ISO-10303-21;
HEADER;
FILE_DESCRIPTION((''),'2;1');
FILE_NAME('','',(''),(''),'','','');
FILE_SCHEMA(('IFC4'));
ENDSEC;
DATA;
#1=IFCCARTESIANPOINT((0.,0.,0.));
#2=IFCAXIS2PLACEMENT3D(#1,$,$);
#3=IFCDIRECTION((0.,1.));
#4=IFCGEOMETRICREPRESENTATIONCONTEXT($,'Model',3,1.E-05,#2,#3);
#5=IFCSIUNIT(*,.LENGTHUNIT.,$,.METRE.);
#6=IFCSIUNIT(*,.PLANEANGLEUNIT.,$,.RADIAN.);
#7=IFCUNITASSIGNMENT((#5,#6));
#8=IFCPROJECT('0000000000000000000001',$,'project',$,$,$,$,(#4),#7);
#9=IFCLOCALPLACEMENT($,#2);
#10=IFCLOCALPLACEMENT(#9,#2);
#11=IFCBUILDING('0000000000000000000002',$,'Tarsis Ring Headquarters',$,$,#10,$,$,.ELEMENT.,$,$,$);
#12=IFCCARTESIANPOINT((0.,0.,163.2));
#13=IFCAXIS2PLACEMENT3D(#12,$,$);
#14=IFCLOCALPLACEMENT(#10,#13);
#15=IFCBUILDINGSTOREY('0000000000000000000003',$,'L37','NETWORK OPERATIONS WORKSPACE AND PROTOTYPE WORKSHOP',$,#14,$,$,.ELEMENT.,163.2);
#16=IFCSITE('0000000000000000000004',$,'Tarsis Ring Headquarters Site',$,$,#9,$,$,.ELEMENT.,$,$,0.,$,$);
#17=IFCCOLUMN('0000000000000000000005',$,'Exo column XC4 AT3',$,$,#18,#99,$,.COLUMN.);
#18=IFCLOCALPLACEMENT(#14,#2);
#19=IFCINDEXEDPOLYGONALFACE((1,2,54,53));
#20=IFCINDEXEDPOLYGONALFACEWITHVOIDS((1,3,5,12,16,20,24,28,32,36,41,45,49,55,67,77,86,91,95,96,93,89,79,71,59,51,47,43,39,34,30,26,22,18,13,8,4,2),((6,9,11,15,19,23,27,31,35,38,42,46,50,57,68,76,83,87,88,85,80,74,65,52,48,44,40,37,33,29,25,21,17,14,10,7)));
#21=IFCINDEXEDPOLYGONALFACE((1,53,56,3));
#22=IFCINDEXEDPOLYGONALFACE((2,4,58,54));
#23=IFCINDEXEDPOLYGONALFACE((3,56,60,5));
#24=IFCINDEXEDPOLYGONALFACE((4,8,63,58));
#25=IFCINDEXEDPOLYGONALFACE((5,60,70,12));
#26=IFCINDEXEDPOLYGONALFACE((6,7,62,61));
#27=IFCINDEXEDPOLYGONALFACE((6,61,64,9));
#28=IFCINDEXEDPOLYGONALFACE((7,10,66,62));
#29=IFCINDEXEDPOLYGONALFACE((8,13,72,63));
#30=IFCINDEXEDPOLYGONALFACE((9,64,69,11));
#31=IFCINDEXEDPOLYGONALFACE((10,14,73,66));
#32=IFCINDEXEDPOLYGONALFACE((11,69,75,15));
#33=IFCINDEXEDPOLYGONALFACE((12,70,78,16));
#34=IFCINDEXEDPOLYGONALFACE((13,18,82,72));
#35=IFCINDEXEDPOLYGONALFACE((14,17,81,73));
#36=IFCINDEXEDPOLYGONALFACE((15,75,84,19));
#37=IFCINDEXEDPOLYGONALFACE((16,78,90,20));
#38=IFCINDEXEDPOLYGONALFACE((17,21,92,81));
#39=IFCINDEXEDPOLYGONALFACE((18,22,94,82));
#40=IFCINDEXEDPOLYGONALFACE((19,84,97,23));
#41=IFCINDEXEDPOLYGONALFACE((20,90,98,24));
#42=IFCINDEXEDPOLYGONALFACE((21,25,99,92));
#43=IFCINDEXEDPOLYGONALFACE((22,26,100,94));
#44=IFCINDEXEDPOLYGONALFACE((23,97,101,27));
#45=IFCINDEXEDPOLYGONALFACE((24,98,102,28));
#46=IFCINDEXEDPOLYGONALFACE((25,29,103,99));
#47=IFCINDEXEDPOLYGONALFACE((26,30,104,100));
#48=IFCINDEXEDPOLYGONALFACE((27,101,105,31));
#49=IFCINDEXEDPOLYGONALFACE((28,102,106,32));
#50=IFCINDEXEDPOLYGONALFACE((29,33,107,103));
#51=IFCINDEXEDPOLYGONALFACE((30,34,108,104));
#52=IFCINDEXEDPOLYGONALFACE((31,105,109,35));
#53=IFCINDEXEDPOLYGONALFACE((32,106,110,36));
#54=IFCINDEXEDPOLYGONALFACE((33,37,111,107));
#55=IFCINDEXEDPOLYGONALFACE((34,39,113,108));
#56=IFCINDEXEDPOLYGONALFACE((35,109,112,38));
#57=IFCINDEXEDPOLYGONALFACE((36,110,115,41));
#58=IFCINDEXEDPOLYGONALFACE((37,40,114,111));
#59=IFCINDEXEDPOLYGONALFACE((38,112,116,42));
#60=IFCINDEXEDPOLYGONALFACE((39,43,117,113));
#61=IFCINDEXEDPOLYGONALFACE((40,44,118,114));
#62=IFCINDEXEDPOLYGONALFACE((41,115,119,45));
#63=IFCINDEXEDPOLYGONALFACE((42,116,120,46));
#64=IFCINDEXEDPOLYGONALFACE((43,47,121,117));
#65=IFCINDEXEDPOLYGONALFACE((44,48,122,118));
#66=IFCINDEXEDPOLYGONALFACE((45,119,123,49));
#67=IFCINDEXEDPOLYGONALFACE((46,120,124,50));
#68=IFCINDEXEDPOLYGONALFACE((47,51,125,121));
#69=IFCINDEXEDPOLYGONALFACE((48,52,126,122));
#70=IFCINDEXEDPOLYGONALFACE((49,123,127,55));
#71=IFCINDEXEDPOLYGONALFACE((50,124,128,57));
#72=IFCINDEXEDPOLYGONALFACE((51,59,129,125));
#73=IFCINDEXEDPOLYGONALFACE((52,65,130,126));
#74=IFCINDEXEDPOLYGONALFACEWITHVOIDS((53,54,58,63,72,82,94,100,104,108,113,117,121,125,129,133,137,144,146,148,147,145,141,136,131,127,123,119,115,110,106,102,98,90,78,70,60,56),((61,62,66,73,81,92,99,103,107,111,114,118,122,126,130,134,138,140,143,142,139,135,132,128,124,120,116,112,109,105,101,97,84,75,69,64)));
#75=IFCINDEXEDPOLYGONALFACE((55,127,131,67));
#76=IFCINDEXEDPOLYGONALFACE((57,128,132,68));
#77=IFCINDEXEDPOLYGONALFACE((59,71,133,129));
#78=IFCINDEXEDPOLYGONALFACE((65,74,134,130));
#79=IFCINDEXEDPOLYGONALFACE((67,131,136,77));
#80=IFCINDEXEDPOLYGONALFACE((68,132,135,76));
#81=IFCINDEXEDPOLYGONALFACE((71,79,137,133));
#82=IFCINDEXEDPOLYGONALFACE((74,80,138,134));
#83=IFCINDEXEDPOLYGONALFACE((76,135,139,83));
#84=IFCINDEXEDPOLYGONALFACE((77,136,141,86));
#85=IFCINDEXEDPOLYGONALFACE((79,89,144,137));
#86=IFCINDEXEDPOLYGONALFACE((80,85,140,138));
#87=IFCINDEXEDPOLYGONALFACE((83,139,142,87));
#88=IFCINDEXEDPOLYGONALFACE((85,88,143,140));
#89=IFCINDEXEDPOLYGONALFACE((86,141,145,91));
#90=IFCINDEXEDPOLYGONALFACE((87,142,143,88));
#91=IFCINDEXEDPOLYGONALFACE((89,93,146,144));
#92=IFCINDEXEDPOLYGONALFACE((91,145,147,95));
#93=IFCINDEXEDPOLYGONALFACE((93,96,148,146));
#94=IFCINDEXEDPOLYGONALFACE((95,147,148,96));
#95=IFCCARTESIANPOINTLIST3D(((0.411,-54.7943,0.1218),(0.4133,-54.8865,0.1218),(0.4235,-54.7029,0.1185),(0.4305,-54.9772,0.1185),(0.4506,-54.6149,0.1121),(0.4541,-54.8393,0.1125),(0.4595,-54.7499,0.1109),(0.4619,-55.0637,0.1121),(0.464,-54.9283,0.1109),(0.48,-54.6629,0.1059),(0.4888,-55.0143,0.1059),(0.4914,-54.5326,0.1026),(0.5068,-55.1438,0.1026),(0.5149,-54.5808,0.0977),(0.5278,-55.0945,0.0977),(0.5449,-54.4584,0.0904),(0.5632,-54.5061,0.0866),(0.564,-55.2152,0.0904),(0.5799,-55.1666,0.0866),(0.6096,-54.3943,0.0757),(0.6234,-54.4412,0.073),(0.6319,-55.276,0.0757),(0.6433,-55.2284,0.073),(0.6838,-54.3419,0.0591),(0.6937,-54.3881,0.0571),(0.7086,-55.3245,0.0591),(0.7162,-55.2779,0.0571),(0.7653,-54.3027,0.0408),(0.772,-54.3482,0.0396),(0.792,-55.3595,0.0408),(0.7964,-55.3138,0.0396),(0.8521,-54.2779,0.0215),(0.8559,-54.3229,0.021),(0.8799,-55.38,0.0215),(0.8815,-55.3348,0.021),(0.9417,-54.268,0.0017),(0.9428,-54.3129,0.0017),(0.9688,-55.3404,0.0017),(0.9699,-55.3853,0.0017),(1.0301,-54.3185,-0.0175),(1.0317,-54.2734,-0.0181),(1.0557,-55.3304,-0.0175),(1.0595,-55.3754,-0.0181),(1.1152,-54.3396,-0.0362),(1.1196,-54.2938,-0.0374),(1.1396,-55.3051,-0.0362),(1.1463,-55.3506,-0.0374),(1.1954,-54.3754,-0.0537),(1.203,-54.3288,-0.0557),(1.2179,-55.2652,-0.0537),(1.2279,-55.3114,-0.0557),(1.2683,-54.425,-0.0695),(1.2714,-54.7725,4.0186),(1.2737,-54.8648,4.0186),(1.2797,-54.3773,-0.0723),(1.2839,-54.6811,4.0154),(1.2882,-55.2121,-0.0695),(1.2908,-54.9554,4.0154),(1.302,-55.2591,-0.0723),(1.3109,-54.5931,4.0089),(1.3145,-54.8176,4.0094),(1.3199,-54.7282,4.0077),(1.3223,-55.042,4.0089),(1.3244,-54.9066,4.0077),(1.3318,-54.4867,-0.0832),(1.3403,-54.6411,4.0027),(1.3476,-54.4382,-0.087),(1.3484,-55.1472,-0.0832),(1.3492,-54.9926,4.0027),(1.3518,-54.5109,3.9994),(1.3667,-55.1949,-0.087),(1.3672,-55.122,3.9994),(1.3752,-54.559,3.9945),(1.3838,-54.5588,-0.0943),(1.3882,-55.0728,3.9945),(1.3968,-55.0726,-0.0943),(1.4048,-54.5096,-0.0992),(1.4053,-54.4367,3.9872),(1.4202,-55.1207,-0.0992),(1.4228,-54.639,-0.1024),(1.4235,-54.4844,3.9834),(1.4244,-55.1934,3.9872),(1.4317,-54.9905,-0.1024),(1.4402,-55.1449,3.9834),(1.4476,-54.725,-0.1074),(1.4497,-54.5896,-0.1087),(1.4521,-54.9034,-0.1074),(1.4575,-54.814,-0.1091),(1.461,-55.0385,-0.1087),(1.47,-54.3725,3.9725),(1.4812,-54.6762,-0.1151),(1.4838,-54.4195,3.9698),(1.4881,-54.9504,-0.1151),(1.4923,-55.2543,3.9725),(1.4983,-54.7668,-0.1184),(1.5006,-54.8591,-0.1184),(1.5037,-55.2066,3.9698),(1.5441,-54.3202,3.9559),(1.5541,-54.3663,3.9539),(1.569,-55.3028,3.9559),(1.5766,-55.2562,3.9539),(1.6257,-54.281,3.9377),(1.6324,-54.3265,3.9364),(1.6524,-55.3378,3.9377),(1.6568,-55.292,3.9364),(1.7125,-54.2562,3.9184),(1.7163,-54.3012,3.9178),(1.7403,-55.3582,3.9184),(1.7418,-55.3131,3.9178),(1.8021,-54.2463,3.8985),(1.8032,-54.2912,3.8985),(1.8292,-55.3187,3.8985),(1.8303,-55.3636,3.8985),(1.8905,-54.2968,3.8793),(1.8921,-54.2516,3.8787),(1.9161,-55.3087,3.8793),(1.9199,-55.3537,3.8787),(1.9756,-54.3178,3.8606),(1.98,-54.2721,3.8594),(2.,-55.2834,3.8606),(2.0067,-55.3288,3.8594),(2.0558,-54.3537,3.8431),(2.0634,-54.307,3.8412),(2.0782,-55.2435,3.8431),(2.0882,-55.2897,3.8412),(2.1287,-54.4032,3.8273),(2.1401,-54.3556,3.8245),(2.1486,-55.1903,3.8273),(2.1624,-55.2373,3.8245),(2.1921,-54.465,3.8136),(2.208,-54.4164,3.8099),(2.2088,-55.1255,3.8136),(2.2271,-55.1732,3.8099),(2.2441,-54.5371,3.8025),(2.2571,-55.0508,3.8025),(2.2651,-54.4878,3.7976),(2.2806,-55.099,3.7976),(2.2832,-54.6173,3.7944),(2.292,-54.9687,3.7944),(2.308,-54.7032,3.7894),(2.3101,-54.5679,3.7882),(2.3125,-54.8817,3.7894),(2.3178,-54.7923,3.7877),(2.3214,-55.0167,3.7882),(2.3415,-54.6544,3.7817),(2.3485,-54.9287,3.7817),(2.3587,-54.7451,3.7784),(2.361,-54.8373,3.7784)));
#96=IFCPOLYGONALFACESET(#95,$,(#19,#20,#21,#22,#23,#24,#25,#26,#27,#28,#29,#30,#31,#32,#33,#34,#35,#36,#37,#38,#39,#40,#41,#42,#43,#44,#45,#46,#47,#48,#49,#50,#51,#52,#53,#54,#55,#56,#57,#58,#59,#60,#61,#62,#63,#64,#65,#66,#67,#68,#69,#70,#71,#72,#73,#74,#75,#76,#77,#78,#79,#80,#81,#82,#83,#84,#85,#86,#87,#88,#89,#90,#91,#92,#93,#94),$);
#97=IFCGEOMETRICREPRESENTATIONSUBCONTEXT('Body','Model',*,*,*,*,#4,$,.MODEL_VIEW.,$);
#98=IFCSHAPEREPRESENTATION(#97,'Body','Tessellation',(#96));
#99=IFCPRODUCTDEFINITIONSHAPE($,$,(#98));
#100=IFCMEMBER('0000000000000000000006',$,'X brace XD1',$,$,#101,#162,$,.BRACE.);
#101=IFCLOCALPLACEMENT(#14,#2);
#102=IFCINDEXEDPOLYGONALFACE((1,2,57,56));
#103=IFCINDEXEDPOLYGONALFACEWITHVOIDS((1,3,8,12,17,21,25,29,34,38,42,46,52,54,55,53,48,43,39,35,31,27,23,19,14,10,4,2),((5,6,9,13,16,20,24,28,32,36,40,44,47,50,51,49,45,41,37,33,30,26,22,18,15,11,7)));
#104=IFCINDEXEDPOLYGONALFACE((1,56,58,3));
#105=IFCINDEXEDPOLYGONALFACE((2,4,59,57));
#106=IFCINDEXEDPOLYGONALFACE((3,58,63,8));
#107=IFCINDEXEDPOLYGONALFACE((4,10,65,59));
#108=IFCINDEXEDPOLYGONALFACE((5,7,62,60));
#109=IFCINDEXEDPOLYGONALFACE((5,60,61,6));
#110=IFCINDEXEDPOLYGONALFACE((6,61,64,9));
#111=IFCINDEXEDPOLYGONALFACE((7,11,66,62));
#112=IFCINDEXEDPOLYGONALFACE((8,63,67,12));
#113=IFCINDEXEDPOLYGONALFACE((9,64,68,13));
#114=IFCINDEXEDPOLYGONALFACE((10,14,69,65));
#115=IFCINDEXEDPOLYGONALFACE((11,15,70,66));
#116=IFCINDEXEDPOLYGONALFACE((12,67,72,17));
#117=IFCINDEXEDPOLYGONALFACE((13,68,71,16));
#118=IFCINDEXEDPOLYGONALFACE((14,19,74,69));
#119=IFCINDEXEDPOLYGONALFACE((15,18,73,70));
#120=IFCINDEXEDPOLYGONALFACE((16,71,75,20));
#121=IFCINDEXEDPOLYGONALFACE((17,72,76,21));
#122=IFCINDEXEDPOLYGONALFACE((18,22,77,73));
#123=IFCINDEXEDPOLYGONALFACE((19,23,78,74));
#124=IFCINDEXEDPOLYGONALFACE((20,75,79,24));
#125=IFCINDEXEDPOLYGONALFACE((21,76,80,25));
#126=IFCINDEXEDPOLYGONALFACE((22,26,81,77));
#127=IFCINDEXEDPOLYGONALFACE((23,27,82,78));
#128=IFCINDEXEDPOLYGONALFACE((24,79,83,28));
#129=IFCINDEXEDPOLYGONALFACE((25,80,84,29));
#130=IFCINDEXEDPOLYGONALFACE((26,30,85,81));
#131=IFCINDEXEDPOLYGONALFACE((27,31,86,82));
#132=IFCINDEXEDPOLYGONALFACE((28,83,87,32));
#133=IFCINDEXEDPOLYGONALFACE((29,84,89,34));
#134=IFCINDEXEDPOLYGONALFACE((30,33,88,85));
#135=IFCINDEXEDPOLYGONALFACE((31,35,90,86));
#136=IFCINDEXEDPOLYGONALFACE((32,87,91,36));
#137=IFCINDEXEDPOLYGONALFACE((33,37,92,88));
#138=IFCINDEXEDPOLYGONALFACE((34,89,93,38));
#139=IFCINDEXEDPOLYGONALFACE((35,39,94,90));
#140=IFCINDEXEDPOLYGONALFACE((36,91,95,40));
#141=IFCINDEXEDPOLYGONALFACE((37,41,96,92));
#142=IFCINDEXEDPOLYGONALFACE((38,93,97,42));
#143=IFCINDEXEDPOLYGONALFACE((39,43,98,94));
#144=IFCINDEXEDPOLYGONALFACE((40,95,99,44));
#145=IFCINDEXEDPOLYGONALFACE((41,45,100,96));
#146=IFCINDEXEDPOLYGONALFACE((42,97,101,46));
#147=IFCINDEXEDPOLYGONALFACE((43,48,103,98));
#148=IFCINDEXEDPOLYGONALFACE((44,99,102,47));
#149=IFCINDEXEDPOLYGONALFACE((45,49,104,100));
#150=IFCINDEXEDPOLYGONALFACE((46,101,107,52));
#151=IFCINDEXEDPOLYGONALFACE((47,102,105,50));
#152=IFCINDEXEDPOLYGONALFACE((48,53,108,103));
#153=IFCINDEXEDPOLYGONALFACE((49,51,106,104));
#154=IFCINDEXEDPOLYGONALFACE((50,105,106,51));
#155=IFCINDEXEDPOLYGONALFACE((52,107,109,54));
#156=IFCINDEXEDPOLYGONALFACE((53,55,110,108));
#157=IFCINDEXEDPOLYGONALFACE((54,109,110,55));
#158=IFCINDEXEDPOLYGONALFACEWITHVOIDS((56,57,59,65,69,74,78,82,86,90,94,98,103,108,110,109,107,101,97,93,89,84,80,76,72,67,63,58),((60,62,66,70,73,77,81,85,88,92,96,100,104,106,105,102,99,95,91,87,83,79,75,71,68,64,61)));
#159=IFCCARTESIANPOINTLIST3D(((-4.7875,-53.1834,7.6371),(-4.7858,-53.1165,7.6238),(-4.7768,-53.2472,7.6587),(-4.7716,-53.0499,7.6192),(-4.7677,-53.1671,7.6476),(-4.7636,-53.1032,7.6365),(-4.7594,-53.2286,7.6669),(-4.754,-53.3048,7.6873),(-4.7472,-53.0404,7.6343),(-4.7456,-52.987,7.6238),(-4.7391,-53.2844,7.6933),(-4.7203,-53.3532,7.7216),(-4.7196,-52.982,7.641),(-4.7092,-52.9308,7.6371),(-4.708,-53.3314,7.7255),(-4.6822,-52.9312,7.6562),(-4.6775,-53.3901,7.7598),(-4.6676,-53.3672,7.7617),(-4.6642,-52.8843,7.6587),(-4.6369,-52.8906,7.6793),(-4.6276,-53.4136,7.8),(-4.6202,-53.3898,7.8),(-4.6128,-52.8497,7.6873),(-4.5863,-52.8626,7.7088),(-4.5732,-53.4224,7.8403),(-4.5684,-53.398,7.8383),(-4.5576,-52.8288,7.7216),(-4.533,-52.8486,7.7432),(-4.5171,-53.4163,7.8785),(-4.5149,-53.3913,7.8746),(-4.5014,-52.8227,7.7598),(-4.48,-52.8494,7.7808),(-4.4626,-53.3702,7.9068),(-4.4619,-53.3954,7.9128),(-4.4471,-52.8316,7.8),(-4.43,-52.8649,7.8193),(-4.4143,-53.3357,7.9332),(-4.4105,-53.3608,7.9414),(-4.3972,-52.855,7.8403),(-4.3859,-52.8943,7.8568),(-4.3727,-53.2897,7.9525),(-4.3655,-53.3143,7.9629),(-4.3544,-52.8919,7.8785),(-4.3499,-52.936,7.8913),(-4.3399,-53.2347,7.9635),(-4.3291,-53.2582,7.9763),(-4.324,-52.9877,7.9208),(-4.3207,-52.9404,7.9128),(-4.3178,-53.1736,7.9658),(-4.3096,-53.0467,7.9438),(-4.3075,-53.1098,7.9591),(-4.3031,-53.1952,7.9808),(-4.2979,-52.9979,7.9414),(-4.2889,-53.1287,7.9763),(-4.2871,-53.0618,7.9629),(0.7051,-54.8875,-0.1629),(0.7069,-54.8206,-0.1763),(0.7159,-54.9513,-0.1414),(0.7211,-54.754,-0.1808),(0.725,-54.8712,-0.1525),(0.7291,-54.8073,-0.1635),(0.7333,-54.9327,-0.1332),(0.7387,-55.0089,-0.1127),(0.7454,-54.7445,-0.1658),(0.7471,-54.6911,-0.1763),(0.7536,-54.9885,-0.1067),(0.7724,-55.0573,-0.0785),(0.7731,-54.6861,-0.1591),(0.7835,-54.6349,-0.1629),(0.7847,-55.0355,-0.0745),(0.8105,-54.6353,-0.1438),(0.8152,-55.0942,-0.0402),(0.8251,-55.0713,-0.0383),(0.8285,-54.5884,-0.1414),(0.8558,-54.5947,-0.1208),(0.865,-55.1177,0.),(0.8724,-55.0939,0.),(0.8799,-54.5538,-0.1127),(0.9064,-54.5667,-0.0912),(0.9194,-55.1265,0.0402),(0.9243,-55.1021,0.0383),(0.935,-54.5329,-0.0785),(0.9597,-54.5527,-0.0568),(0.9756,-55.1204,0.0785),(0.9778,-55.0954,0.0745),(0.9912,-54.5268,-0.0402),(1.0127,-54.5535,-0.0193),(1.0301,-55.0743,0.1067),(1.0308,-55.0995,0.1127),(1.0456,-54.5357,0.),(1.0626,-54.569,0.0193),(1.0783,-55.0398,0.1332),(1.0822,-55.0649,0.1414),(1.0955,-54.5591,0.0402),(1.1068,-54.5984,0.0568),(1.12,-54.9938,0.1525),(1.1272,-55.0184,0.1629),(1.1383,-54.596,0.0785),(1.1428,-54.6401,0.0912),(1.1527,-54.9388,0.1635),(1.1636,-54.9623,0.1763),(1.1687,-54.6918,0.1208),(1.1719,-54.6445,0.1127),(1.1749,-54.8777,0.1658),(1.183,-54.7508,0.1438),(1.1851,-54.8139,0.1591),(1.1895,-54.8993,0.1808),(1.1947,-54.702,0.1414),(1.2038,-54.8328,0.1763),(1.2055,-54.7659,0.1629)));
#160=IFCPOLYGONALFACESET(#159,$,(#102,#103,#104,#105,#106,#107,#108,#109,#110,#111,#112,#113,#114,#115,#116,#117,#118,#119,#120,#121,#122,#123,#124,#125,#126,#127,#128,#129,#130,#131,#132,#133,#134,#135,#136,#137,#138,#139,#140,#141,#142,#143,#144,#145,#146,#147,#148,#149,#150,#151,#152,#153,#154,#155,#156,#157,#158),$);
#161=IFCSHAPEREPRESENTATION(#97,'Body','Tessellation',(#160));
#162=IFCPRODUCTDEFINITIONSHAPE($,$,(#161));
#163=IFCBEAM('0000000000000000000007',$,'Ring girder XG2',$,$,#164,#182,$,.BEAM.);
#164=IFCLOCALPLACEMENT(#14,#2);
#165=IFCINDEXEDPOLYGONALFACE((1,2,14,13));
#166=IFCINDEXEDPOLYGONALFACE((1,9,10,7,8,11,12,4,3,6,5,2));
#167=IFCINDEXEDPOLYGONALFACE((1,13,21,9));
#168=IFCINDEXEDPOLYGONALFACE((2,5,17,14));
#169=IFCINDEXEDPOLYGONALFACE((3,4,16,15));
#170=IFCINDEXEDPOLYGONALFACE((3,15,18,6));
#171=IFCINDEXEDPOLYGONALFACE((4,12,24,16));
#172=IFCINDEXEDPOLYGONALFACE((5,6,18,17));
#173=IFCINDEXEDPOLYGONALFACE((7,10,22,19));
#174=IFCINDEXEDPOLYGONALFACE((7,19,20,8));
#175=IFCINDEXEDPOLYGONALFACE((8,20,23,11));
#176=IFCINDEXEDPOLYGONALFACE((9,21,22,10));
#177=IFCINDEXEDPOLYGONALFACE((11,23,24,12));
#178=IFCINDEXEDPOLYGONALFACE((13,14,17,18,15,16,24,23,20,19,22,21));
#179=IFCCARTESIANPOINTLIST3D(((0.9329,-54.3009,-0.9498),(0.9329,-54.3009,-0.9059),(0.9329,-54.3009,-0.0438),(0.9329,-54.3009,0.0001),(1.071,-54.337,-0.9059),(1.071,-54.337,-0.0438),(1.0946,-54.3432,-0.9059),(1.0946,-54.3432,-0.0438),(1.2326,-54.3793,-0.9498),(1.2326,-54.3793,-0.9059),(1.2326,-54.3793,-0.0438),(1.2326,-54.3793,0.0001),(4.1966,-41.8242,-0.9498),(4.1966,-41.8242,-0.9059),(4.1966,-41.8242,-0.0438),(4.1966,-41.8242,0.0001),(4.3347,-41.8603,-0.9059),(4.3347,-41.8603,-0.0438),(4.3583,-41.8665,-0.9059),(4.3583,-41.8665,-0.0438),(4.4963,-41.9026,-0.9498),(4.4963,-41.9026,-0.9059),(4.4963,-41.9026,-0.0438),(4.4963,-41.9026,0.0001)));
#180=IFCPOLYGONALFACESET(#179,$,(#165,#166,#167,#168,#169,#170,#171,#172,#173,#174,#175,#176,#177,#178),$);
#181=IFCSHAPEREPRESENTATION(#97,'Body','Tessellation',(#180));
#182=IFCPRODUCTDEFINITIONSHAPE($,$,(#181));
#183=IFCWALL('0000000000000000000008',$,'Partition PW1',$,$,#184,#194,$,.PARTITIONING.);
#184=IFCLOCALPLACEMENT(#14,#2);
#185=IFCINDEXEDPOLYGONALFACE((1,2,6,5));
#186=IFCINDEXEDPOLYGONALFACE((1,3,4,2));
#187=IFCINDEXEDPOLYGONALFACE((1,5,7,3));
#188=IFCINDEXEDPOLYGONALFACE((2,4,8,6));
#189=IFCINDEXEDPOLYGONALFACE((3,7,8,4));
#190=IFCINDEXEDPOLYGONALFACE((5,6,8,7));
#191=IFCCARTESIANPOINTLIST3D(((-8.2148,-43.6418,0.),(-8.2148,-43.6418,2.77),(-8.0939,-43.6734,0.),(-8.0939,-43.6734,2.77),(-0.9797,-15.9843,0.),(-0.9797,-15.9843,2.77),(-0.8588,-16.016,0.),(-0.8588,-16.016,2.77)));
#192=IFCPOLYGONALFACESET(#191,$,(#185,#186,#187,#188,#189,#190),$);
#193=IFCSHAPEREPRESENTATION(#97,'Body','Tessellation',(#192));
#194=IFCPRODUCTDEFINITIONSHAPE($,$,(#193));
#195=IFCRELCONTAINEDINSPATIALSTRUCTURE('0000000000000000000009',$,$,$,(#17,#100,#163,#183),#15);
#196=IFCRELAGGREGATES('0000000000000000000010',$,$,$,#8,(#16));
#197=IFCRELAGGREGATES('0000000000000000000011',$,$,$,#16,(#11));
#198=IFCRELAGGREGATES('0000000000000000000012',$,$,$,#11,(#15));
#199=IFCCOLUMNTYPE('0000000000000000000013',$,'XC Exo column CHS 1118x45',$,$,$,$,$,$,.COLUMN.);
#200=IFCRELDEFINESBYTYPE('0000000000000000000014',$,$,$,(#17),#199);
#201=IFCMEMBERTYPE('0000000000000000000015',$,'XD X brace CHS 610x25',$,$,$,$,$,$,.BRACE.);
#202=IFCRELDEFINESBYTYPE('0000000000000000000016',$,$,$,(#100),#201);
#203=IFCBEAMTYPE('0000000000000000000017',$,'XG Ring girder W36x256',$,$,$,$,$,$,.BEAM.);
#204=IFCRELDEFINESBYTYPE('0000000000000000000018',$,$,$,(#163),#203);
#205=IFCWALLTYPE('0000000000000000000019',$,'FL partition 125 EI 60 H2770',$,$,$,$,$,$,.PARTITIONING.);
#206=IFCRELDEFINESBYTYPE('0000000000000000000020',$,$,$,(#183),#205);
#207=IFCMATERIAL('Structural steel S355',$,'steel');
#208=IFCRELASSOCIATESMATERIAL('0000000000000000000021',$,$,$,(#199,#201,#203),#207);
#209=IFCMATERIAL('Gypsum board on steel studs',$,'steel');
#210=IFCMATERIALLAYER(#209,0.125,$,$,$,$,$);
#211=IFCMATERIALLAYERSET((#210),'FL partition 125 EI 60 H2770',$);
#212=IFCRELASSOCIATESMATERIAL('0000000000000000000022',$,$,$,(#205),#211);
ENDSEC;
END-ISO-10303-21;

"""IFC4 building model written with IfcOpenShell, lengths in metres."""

from ifc_helpers import new_model, si_unit, direction, frame, frame_2d, origin, origin_2d, place, context, subcontext, project, spatial, rectangle, hollow_circle, i_section, extrude, material, layer, layer_set, material_profile, profile_set, type_object, element, save


model = new_model("IFC4")

# Units and contexts
model_context = context("Model", 3, precision=1e-05, world=origin(), true_north=direction((0.0, 1.0)))
body_context = subcontext(model_context, "Body", "Model", "MODEL_VIEW")
ifc_project = project(units=[si_unit("LENGTHUNIT", "METRE"), si_unit("PLANEANGLEUNIT", "RADIAN")], contexts=[model_context])

# Site, building, storey
site_placement = place(None, origin())
site = spatial("IfcSite", under=ifc_project, at=site_placement, Name="Tarsis Ring Headquarters Site", CompositionType="ELEMENT", RefElevation=0.0)
building_placement = place(site_placement, origin())
building = spatial("IfcBuilding", under=site, at=building_placement, Name="Tarsis Ring Headquarters", CompositionType="ELEMENT")
storey_placement = place(building_placement, frame((0.0, 0.0, 163.2)))
storey = spatial("IfcBuildingStorey", under=building, at=storey_placement, Name="L37", Description="NETWORK OPERATIONS WORKSPACE AND PROTOTYPE WORKSHOP", CompositionType="ELEMENT", Elevation=163.2)

# Column
ifc_material_1 = material(Name="Structural steel S355", Category="steel")
ifc_material_profile_1 = material_profile(ifc_material_1, hollow_circle(Radius=0.5588, WallThickness=0.0449, at=origin_2d()), Name="CHS 1118x45")
ifc_profile_set_1 = profile_set([ifc_material_profile_1], Name="Structural steel S355")
column_type = type_object("IfcColumnType", Name="XC Exo column CHS 1118x45", PredefinedType="COLUMN", material=ifc_profile_set_1)
column_placement = place(storey_placement, frame((0.9558, -54.8267, 0.0017), z_axis=(0.215593, 0.005445, 0.976468), x_axis=(-0.025247, 0.999681, 0.0)))
element("IfcColumn", 1, at=column_placement, inside=storey, type_object=column_type, Name="Exo column XC4 AT3", PredefinedType="COLUMN", context=body_context, shape_type="SweptSolid", body=[
    extrude(hollow_circle(Radius=0.5588, WallThickness=0.0449, at=origin_2d()), origin(), (0.0, 0.0, 1.0), 3.9907),
])

# Member
ifc_material_profile_2 = material_profile(ifc_material_1, hollow_circle(Radius=0.3047, WallThickness=0.0249, at=origin_2d()), Name="CHS 610x25")
ifc_profile_set_2 = profile_set([ifc_material_profile_2], Name="Structural steel S355")
member_type = type_object("IfcMemberType", Name="XD X brace CHS 610x25", PredefinedType="BRACE", material=ifc_profile_set_2)
member_placement = place(storey_placement, frame((0.9553, -54.8267, 0.0), z_axis=(-0.566785, 0.175845, 0.804881), x_axis=(-0.296316, -0.95509, 0.0)))
element("IfcMember", 2, at=member_placement, inside=storey, type_object=member_type, Name="X brace XD1", PredefinedType="BRACE", context=body_context, shape_type="SweptSolid", body=[
    extrude(hollow_circle(Radius=0.3047, WallThickness=0.0249, at=origin_2d()), origin(), (0.0, 0.0, 1.0), 9.6909),
])

# Beam
ifc_material_profile_3 = material_profile(ifc_material_1, i_section(OverallWidth=0.3098, OverallDepth=0.95, WebThickness=0.0244, FlangeThickness=0.0439, at=origin_2d()), Name="W36x256")
ifc_profile_set_3 = profile_set([ifc_material_profile_3], Name="Structural steel S355")
beam_type = type_object("IfcBeamType", Name="XG Ring girder W36x256", PredefinedType="BEAM", material=ifc_profile_set_3)
beam_placement = place(storey_placement, frame((1.0828, -54.3401, -0.4749), z_axis=(0.253069, 0.967448, 0.0), x_axis=(-0.967448, 0.253069, 0.0)))
element("IfcBeam", 3, at=beam_placement, inside=storey, type_object=beam_type, Name="Ring girder XG2", PredefinedType="BEAM", context=body_context, shape_type="SweptSolid", body=[
    extrude(i_section(OverallWidth=0.3098, OverallDepth=0.95, WebThickness=0.0244, FlangeThickness=0.0439, at=origin_2d()), origin(), (0.0, 0.0, 1.0), 12.8965),
])

# Wall
ifc_material_2 = material(Name="Gypsum board on steel studs", Category="steel")
ifc_layer_1 = layer(ifc_material_2, 0.125)
ifc_layer_set_1 = layer_set([ifc_layer_1], Name="FL partition 125 EI 60 H2770")
wall_type_1 = type_object("IfcWallType", Name="FL partition 125 EI 60 H2770", PredefinedType="PARTITIONING", material=ifc_layer_set_1)
wall_1_placement = place(storey_placement, frame((-8.1543, -43.6575, 0.0), z_axis=(0.0, 0.0, 1.0), x_axis=(0.253081, 0.967445, 0.0)))
element("IfcWall", 4, at=wall_1_placement, inside=storey, type_object=wall_type_1, Name="Partition PW1", PredefinedType="PARTITIONING", context=body_context, shape_type="SweptSolid", body=[
    extrude(rectangle(XDim=28.5881, YDim=0.125, at=frame_2d((14.2939, 0.0))), origin(), (0.0, 0.0, 1.0), 2.77),
])

save(model, "model.ifc")
